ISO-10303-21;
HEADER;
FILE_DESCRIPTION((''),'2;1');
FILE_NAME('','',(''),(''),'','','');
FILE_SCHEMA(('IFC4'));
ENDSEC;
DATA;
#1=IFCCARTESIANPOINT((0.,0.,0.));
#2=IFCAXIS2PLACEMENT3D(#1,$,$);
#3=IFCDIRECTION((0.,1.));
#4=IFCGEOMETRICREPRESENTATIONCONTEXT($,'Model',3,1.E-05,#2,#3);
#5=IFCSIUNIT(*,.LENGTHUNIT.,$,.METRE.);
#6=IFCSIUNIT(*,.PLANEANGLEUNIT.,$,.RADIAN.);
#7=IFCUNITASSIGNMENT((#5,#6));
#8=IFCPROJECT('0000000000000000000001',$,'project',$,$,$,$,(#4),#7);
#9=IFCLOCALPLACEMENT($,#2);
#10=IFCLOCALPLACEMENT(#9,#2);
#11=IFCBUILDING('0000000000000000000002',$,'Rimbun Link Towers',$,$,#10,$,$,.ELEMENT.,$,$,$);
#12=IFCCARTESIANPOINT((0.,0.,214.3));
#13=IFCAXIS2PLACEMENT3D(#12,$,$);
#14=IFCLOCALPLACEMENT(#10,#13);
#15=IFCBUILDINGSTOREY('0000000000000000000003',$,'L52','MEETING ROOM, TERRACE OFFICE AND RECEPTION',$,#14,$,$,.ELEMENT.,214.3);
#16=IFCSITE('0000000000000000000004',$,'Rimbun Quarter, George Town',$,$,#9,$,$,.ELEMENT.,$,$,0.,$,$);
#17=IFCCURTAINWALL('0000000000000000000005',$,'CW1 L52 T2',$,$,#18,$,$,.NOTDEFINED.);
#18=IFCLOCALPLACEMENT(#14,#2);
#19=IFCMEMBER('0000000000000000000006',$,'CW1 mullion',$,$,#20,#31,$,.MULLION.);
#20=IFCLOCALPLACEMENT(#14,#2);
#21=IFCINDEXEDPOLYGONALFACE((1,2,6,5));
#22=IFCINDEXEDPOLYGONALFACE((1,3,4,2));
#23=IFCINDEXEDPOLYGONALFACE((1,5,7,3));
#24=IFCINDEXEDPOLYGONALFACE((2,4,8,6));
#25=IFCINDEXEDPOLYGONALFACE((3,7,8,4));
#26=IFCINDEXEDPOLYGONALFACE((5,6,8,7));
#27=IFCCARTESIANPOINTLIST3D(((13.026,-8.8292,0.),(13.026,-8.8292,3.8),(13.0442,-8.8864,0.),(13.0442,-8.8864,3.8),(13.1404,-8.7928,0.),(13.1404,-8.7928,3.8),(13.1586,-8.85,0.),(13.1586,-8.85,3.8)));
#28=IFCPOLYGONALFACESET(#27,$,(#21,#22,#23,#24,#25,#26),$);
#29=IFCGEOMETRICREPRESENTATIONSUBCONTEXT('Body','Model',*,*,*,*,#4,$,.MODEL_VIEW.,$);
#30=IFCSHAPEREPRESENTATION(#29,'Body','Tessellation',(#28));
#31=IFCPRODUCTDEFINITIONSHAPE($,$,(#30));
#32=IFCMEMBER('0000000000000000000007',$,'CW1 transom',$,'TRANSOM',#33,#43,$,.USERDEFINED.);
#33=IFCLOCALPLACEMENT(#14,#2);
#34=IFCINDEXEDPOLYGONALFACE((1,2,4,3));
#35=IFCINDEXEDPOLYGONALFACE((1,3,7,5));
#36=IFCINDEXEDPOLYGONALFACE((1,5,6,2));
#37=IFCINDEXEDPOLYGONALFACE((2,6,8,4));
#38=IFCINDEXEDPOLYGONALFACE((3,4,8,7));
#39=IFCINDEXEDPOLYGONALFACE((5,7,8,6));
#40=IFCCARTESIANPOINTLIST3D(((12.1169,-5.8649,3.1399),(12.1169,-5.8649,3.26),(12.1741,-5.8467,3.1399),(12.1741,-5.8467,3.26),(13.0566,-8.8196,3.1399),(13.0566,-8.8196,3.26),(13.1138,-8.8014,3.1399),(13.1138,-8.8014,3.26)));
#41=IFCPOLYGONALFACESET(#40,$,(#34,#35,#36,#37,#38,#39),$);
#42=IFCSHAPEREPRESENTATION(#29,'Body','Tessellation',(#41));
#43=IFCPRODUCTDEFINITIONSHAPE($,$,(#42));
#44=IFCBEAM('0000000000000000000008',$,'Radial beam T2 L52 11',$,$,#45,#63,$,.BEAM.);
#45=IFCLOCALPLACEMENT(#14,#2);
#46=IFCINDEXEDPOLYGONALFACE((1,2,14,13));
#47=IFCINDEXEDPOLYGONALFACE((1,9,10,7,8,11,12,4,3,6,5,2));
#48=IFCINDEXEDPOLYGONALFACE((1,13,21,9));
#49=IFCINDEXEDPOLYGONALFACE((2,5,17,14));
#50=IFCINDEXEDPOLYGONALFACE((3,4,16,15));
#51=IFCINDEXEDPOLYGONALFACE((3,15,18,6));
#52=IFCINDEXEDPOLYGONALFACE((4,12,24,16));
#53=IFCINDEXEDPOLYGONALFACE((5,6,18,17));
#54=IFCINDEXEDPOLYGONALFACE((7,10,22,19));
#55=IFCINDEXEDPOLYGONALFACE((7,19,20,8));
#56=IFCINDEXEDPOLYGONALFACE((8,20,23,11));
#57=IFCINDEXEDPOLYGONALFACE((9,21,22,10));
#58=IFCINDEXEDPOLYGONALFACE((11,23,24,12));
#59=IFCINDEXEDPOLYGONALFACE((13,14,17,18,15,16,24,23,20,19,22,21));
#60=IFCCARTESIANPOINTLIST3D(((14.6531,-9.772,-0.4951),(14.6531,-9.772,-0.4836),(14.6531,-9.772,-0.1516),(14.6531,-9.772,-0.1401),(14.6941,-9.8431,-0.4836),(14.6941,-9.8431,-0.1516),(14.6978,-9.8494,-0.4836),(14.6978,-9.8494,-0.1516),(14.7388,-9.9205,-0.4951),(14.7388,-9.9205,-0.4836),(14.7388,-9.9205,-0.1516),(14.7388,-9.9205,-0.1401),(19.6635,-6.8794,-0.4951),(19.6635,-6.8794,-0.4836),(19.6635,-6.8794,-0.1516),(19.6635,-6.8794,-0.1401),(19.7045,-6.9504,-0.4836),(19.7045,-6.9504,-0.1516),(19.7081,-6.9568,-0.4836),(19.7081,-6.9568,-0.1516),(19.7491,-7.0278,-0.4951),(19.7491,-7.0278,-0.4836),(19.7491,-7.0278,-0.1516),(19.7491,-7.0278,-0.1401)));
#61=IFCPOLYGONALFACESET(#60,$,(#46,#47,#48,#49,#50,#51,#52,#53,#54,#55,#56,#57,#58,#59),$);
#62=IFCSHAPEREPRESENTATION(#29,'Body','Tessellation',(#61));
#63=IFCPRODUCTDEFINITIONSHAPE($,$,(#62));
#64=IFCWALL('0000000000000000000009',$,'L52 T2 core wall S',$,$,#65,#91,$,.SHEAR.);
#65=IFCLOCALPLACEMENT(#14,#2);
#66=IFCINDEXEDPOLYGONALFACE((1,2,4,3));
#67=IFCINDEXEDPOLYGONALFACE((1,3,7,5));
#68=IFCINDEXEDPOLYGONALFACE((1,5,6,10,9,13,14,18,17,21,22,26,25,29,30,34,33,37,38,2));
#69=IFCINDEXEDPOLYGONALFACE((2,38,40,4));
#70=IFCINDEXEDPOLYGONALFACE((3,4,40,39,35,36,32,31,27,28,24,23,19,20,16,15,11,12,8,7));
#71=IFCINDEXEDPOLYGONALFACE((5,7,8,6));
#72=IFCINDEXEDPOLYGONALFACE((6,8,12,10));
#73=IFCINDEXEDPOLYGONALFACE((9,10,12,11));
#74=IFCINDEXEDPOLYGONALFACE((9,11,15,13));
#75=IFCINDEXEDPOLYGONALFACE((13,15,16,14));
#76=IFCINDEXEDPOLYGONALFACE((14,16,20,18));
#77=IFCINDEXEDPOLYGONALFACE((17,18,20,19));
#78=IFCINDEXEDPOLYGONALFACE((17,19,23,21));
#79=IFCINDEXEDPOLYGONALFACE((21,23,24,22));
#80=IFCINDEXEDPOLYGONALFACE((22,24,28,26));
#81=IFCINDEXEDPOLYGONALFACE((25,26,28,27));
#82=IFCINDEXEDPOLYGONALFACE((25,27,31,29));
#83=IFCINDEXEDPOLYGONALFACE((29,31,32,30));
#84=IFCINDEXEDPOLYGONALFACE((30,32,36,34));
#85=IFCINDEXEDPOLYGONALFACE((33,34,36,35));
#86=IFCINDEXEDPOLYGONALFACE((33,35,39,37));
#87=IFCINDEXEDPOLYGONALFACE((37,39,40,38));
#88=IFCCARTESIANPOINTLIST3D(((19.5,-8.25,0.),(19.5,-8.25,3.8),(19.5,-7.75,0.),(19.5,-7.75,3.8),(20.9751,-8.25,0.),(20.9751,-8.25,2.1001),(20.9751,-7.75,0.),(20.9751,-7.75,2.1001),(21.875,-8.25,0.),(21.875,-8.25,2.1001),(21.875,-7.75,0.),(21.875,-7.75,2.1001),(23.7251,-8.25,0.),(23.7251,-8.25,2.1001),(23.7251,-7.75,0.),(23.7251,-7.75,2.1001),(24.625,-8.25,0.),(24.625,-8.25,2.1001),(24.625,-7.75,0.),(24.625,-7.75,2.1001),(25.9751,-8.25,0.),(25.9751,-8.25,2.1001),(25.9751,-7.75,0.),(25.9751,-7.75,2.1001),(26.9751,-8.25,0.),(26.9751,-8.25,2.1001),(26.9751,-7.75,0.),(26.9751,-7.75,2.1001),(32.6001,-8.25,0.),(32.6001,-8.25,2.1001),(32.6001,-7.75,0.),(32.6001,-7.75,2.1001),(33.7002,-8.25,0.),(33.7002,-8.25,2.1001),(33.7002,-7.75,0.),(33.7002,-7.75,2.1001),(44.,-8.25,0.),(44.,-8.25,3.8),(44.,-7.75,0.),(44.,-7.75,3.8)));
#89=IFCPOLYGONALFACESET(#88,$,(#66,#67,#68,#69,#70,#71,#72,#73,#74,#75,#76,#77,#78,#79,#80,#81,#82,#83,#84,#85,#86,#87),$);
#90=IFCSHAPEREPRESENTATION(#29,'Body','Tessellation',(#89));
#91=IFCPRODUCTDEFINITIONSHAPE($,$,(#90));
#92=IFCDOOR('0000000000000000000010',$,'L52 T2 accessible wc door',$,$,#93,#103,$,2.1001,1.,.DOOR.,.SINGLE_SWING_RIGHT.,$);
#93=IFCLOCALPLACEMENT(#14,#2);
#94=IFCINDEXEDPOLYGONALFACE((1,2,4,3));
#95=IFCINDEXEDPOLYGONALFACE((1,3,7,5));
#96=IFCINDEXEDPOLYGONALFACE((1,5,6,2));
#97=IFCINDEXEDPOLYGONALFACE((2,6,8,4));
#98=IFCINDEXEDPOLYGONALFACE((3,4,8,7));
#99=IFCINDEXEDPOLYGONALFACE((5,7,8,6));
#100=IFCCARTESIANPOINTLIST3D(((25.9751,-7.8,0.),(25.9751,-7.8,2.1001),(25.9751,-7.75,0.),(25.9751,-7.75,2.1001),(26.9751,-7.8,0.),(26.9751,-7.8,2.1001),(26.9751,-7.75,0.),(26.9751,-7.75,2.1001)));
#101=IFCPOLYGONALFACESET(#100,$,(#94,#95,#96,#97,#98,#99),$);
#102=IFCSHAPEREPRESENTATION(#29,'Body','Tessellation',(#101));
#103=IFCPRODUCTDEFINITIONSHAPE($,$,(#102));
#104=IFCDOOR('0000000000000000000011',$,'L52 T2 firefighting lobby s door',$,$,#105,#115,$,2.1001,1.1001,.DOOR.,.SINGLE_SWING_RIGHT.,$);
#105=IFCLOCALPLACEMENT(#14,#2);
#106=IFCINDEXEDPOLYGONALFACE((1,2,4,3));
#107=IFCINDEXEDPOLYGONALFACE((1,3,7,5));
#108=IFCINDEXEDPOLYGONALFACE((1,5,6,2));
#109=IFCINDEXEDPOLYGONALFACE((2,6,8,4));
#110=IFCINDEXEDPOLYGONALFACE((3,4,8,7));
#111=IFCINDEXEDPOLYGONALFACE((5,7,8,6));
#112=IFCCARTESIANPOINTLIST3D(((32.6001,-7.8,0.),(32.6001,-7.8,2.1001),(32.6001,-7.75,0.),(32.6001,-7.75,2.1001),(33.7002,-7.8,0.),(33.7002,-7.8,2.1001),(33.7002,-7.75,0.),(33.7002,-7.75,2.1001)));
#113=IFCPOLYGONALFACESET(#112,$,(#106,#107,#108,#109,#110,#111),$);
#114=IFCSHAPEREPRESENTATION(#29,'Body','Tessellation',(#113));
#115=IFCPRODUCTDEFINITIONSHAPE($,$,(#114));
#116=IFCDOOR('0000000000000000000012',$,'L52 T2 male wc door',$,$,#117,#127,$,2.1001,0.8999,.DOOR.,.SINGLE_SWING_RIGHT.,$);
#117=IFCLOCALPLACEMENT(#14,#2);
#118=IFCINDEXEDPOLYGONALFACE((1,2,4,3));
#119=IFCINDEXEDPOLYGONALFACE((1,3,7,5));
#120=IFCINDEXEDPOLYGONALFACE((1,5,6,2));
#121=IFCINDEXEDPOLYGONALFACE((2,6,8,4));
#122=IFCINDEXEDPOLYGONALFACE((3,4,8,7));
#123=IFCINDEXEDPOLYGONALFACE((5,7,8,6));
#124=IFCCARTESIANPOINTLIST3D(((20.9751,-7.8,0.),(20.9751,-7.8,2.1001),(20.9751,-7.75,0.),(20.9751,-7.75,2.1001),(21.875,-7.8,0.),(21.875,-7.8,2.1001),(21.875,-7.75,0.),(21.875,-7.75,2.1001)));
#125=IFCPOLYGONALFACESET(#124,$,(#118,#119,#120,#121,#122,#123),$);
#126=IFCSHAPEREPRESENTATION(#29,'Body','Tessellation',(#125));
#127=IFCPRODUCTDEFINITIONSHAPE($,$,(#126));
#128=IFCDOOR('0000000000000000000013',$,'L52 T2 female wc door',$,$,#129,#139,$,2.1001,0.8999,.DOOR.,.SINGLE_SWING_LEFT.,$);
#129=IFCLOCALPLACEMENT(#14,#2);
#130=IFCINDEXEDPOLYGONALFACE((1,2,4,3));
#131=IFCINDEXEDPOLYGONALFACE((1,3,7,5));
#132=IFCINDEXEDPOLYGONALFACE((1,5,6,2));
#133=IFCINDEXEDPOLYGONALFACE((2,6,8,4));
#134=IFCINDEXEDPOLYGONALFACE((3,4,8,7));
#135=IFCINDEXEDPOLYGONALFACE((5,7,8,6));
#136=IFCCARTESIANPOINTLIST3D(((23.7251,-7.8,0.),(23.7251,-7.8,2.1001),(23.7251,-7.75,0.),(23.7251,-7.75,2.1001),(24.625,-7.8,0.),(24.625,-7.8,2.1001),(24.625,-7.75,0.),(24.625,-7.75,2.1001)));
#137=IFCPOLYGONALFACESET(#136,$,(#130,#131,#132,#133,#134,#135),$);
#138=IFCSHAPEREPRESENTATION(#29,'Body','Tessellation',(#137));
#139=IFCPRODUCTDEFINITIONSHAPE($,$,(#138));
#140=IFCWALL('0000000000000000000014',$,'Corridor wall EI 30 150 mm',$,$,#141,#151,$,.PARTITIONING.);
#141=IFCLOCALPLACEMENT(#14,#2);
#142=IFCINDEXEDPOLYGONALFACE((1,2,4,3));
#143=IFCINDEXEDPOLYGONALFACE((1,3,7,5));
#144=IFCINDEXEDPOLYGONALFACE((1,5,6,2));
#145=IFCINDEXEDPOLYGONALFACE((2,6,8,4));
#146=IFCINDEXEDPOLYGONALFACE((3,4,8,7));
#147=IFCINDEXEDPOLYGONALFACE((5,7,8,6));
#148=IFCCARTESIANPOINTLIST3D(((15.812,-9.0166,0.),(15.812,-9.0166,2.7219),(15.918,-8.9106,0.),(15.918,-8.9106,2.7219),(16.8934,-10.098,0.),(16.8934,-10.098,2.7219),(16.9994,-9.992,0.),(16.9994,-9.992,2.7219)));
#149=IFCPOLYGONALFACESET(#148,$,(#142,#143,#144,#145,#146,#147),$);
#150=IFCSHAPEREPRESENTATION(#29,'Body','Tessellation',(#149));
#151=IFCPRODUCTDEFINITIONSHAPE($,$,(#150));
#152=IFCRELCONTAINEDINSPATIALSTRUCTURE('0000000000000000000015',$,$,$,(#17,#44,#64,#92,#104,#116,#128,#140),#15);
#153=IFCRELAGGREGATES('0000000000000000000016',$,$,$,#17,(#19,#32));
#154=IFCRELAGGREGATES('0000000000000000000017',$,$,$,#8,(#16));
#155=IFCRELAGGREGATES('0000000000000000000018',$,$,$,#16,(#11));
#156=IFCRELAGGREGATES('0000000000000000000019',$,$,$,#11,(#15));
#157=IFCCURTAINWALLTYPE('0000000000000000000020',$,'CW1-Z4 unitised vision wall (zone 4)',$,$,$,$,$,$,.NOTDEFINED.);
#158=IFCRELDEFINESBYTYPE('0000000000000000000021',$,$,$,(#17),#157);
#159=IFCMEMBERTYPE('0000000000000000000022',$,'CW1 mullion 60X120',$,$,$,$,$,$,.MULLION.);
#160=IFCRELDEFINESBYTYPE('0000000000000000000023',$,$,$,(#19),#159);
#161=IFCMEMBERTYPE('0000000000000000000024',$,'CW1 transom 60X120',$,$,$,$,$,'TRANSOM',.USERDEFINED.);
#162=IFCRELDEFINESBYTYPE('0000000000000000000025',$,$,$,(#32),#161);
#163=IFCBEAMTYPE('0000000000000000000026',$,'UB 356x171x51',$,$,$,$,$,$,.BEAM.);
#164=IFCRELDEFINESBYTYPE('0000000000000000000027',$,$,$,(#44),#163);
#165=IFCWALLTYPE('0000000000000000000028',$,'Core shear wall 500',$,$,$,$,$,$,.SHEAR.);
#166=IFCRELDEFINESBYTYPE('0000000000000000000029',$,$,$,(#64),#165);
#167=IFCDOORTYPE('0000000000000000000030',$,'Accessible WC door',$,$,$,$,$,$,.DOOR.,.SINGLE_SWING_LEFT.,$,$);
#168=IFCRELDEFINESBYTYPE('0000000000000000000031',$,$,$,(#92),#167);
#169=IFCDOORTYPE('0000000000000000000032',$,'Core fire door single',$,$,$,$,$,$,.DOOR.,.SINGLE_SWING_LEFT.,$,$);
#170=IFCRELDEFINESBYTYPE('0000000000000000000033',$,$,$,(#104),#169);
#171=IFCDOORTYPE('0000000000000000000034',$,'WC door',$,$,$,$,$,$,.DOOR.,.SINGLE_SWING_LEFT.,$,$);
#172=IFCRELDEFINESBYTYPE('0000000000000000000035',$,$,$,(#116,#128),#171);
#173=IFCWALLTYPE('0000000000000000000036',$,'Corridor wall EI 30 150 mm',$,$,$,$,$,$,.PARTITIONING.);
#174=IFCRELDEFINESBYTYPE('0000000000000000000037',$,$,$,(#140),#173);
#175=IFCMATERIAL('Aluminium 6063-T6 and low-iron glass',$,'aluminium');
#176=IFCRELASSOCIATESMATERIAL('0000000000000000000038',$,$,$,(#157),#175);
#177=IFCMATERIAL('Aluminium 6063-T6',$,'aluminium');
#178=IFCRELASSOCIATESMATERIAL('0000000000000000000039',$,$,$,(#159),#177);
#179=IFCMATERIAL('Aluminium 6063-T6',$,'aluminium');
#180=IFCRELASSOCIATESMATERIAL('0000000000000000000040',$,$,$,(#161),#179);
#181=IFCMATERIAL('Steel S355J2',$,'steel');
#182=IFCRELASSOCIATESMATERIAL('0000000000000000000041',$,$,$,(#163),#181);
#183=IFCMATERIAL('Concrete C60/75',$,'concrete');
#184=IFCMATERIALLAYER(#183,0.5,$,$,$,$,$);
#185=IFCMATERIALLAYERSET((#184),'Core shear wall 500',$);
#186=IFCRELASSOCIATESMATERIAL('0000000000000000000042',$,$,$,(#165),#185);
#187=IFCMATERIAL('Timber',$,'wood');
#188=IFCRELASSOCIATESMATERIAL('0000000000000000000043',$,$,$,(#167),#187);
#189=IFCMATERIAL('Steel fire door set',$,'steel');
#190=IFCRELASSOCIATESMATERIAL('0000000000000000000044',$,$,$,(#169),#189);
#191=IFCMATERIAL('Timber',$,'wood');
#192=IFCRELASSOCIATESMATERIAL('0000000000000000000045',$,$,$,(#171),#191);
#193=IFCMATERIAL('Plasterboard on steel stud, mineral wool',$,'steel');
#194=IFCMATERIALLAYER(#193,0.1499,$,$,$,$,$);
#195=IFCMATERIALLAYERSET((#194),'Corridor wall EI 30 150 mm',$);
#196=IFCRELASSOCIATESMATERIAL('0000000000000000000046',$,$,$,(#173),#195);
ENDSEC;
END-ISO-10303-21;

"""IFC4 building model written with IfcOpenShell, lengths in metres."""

from ifc_helpers import new_model, si_unit, direction, frame, frame_2d, origin, origin_2d, place, context, subcontext, project, spatial, rectangle, i_section, extrude, material, layer, layer_set, material_profile, profile_set, type_object, element, fill, aggregate, save


model = new_model("IFC4")

# Units and contexts
model_context = context("Model", 3, precision=1e-05, world=origin(), true_north=direction((0.0, 1.0)))
body_context = subcontext(model_context, "Body", "Model", "MODEL_VIEW")
ifc_project = project(units=[si_unit("LENGTHUNIT", "METRE"), si_unit("PLANEANGLEUNIT", "RADIAN")], contexts=[model_context])

# Site, building, storey
site_placement = place(None, origin())
site = spatial("IfcSite", under=ifc_project, at=site_placement, Name="Rimbun Quarter, George Town", CompositionType="ELEMENT", RefElevation=0.0)
building_placement = place(site_placement, origin())
building = spatial("IfcBuilding", under=site, at=building_placement, Name="Rimbun Link Towers", CompositionType="ELEMENT")
storey_placement = place(building_placement, frame((0.0, 0.0, 214.3)))
storey = spatial("IfcBuildingStorey", under=building, at=storey_placement, Name="L52", Description="MEETING ROOM, TERRACE OFFICE AND RECEPTION", CompositionType="ELEMENT", Elevation=214.3)

# Curtain wall, members
ifc_material_1 = material(Name="Aluminium 6063-T6 and low-iron glass", Category="aluminium")
curtain_wall_type = type_object("IfcCurtainWallType", Name="CW1-Z4 unitised vision wall (zone 4)", PredefinedType="NOTDEFINED", material=ifc_material_1)
curtain_wall_placement = place(storey_placement, origin())
curtain_wall = element("IfcCurtainWall", 1, at=curtain_wall_placement, inside=storey, type_object=curtain_wall_type, Name="CW1 L52 T2", PredefinedType="NOTDEFINED")
ifc_material_2 = material(Name="Aluminium 6063-T6", Category="aluminium")
ifc_material_profile_1 = material_profile(ifc_material_2, rectangle(XDim=0.1201, YDim=0.0601, at=origin_2d()), Name="MULLION 60X120")
ifc_profile_set_1 = profile_set([ifc_material_profile_1], Name="Aluminium 6063-T6")
member_type_1 = type_object("IfcMemberType", Name="CW1 mullion 60X120", PredefinedType="MULLION", material=ifc_profile_set_1)
member_1_placement = place(storey_placement, frame((13.0923, -8.8396, 0.0), z_axis=(0.0, 0.0, 1.0), x_axis=(-0.952969, -0.303068, 0.0)))
member_1 = element("IfcMember", 2, at=member_1_placement, type_object=member_type_1, Name="CW1 mullion", PredefinedType="MULLION", context=body_context, shape_type="SweptSolid", body=[
    extrude(rectangle(XDim=0.1201, YDim=0.0601, at=origin_2d()), origin(), (0.0, 0.0, 1.0), 3.8),
])
ifc_material_3 = material(Name="Aluminium 6063-T6", Category="aluminium")
ifc_material_profile_2 = material_profile(ifc_material_3, rectangle(XDim=0.0601, YDim=0.1201, at=origin_2d()), Name="TRANSOM 60X120")
ifc_profile_set_2 = profile_set([ifc_material_profile_2], Name="Aluminium 6063-T6")
member_type_2 = type_object("IfcMemberType", Name="CW1 transom 60X120", ElementType="TRANSOM", PredefinedType="USERDEFINED", material=ifc_profile_set_2)
member_2_placement = place(storey_placement, frame((13.0852, -8.8105, 3.2), z_axis=(-0.303064, 0.95297, 0.0), x_axis=(-0.95297, -0.303064, 0.0)))
member_2 = element("IfcMember", 3, at=member_2_placement, type_object=member_type_2, Name="CW1 transom", ObjectType="TRANSOM", PredefinedType="USERDEFINED", context=body_context, shape_type="SweptSolid", body=[
    extrude(rectangle(XDim=0.0601, YDim=0.1201, at=origin_2d()), origin(), (0.0, 0.0, 1.0), 3.1006),
])
aggregate(curtain_wall, [member_1, member_2])

# Beam
ifc_material_4 = material(Name="Steel S355J2", Category="steel")
ifc_material_profile_3 = material_profile(ifc_material_4, i_section(OverallWidth=0.1714, OverallDepth=0.355, WebThickness=0.0073, FlangeThickness=0.0115, at=origin_2d()), Name="UB 356x171x51")
ifc_profile_set_3 = profile_set([ifc_material_profile_3], Name="Steel S355J2")
beam_type = type_object("IfcBeamType", Name="UB 356x171x51", PredefinedType="BEAM", material=ifc_profile_set_3)
beam_placement = place(storey_placement, frame((19.7063, -6.9536, -0.3176), z_axis=(-0.866032, -0.499988, 0.0), x_axis=(0.499988, -0.866032, 0.0)))
element("IfcBeam", 4, at=beam_placement, inside=storey, type_object=beam_type, Name="Radial beam T2 L52 11", PredefinedType="BEAM", context=body_context, shape_type="SweptSolid", body=[
    extrude(i_section(OverallWidth=0.1714, OverallDepth=0.355, WebThickness=0.0073, FlangeThickness=0.0115, at=origin_2d()), origin(), (0.0, 0.0, 1.0), 5.7854),
])

# Wall, openings, doors
ifc_material_5 = material(Name="Concrete C60/75", Category="concrete")
ifc_layer_1 = layer(ifc_material_5, 0.5)
ifc_layer_set_1 = layer_set([ifc_layer_1], Name="Core shear wall 500")
wall_type_1 = type_object("IfcWallType", Name="Core shear wall 500", PredefinedType="SHEAR", material=ifc_layer_set_1)
wall_1_placement = place(storey_placement, frame((19.5, -8.0, 0.0), z_axis=(0.0, 0.0, 1.0), x_axis=(1.0, 0.0, 0.0)))
wall_1 = element("IfcWall", 5, at=wall_1_placement, inside=storey, type_object=wall_type_1, Name="L52 T2 core wall S", PredefinedType="SHEAR", context=body_context, shape_type="SweptSolid", body=[
    extrude(rectangle(XDim=24.5, YDim=0.5, at=frame_2d((12.25, 0.0))), origin(), (0.0, 0.0, 1.0), 3.8),
])
opening_1_placement = place(wall_1_placement, frame((13.1001, 0.0, 0.0)))
opening_1 = element("IfcOpeningElement", 6, at=opening_1_placement, cuts=wall_1, PredefinedType="OPENING", context=body_context, shape_type="SweptSolid", body=[
    extrude(rectangle(XDim=1.1001, YDim=2.1001, at=frame_2d((0.55, 1.05))), frame((0.0, 0.26, 0.0), z_axis=(0.0, -1.0, 0.0), x_axis=(1.0, 0.0, 0.0)), (0.0, 0.0, 1.0), 0.52),
])
opening_2_placement = place(wall_1_placement, frame((1.4751, 0.0, 0.0)))
opening_2 = element("IfcOpeningElement", 7, at=opening_2_placement, cuts=wall_1, PredefinedType="OPENING", context=body_context, shape_type="SweptSolid", body=[
    extrude(rectangle(XDim=0.8999, YDim=2.1001, at=frame_2d((0.45, 1.05))), frame((0.0, 0.26, 0.0), z_axis=(0.0, -1.0, 0.0), x_axis=(1.0, 0.0, 0.0)), (0.0, 0.0, 1.0), 0.52),
])
opening_3_placement = place(wall_1_placement, frame((4.2251, 0.0, 0.0)))
opening_3 = element("IfcOpeningElement", 8, at=opening_3_placement, cuts=wall_1, PredefinedType="OPENING", context=body_context, shape_type="SweptSolid", body=[
    extrude(rectangle(XDim=0.8999, YDim=2.1001, at=frame_2d((0.45, 1.05))), frame((0.0, 0.26, 0.0), z_axis=(0.0, -1.0, 0.0), x_axis=(1.0, 0.0, 0.0)), (0.0, 0.0, 1.0), 0.52),
])
opening_4_placement = place(wall_1_placement, frame((6.4751, 0.0, 0.0)))
opening_4 = element("IfcOpeningElement", 9, at=opening_4_placement, cuts=wall_1, PredefinedType="OPENING", context=body_context, shape_type="SweptSolid", body=[
    extrude(rectangle(XDim=1.0, YDim=2.1001, at=frame_2d((0.5, 1.05))), frame((0.0, 0.26, 0.0), z_axis=(0.0, -1.0, 0.0), x_axis=(1.0, 0.0, 0.0)), (0.0, 0.0, 1.0), 0.52),
])
ifc_material_6 = material(Name="Timber", Category="wood")
door_type_1 = type_object("IfcDoorType", Name="Accessible WC door", OperationType="SINGLE_SWING_LEFT", PredefinedType="DOOR", material=ifc_material_6)
door_1_placement = place(opening_4_placement, origin())
door_1 = element("IfcDoor", 10, at=door_1_placement, inside=storey, type_object=door_type_1, Name="L52 T2 accessible wc door", OperationType="SINGLE_SWING_RIGHT", OverallHeight=2.1001, OverallWidth=1.0, PredefinedType="DOOR", context=body_context, shape_type="SweptSolid", body=[
    extrude(rectangle(XDim=1.0, YDim=2.1001, at=frame_2d((0.5, 1.05))), frame((0.0, 0.25, 0.0), z_axis=(0.0, -1.0, 0.0), x_axis=(1.0, 0.0, 0.0)), (0.0, 0.0, 1.0), 0.05),
])
fill(opening_4, door_1)
ifc_material_7 = material(Name="Steel fire door set", Category="steel")
door_type_2 = type_object("IfcDoorType", Name="Core fire door single", OperationType="SINGLE_SWING_LEFT", PredefinedType="DOOR", material=ifc_material_7)
door_2_placement = place(opening_1_placement, origin())
door_2 = element("IfcDoor", 11, at=door_2_placement, inside=storey, type_object=door_type_2, Name="L52 T2 firefighting lobby s door", OperationType="SINGLE_SWING_RIGHT", OverallHeight=2.1001, OverallWidth=1.1001, PredefinedType="DOOR", context=body_context, shape_type="SweptSolid", body=[
    extrude(rectangle(XDim=1.1001, YDim=2.1001, at=frame_2d((0.55, 1.05))), frame((0.0, 0.25, 0.0), z_axis=(0.0, -1.0, 0.0), x_axis=(1.0, 0.0, 0.0)), (0.0, 0.0, 1.0), 0.05),
])
fill(opening_1, door_2)
ifc_material_8 = material(Name="Timber", Category="wood")
door_type_3 = type_object("IfcDoorType", Name="WC door", OperationType="SINGLE_SWING_LEFT", PredefinedType="DOOR", material=ifc_material_8)
door_3_placement = place(opening_2_placement, origin())
door_3 = element("IfcDoor", 12, at=door_3_placement, inside=storey, type_object=door_type_3, Name="L52 T2 male wc door", OperationType="SINGLE_SWING_RIGHT", OverallHeight=2.1001, OverallWidth=0.8999, PredefinedType="DOOR", context=body_context, shape_type="SweptSolid", body=[
    extrude(rectangle(XDim=0.8999, YDim=2.1001, at=frame_2d((0.45, 1.05))), frame((0.0, 0.25, 0.0), z_axis=(0.0, -1.0, 0.0), x_axis=(1.0, 0.0, 0.0)), (0.0, 0.0, 1.0), 0.05),
])
fill(opening_2, door_3)
door_4_placement = place(opening_3_placement, origin())
door_4 = element("IfcDoor", 13, at=door_4_placement, inside=storey, type_object=door_type_3, Name="L52 T2 female wc door", OperationType="SINGLE_SWING_LEFT", OverallHeight=2.1001, OverallWidth=0.8999, PredefinedType="DOOR", context=body_context, shape_type="SweptSolid", body=[
    extrude(rectangle(XDim=0.8999, YDim=2.1001, at=frame_2d((0.45, 1.05))), frame((0.0, 0.25, 0.0), z_axis=(0.0, -1.0, 0.0), x_axis=(1.0, 0.0, 0.0)), (0.0, 0.0, 1.0), 0.05),
])
fill(opening_3, door_4)

# Wall
ifc_material_9 = material(Name="Plasterboard on steel stud, mineral wool", Category="steel")
ifc_layer_2 = layer(ifc_material_9, 0.1499)
ifc_layer_set_2 = layer_set([ifc_layer_2], Name="Corridor wall EI 30 150 mm")
wall_type_2 = type_object("IfcWallType", Name="Corridor wall EI 30 150 mm", PredefinedType="PARTITIONING", material=ifc_layer_set_2)
wall_2_placement = place(storey_placement, frame((15.865, -8.9636, 0.0), z_axis=(0.0, 0.0, 1.0), x_axis=(0.707107, -0.707107, 0.0)))
element("IfcWall", 14, at=wall_2_placement, inside=storey, type_object=wall_type_2, Name="Corridor wall EI 30 150 mm", PredefinedType="PARTITIONING", context=body_context, shape_type="SweptSolid", body=[
    extrude(rectangle(XDim=1.5293, YDim=0.1499, at=frame_2d((0.7646, 0.0))), origin(), (0.0, 0.0, 1.0), 2.7219),
])

save(model, "model.ifc")
